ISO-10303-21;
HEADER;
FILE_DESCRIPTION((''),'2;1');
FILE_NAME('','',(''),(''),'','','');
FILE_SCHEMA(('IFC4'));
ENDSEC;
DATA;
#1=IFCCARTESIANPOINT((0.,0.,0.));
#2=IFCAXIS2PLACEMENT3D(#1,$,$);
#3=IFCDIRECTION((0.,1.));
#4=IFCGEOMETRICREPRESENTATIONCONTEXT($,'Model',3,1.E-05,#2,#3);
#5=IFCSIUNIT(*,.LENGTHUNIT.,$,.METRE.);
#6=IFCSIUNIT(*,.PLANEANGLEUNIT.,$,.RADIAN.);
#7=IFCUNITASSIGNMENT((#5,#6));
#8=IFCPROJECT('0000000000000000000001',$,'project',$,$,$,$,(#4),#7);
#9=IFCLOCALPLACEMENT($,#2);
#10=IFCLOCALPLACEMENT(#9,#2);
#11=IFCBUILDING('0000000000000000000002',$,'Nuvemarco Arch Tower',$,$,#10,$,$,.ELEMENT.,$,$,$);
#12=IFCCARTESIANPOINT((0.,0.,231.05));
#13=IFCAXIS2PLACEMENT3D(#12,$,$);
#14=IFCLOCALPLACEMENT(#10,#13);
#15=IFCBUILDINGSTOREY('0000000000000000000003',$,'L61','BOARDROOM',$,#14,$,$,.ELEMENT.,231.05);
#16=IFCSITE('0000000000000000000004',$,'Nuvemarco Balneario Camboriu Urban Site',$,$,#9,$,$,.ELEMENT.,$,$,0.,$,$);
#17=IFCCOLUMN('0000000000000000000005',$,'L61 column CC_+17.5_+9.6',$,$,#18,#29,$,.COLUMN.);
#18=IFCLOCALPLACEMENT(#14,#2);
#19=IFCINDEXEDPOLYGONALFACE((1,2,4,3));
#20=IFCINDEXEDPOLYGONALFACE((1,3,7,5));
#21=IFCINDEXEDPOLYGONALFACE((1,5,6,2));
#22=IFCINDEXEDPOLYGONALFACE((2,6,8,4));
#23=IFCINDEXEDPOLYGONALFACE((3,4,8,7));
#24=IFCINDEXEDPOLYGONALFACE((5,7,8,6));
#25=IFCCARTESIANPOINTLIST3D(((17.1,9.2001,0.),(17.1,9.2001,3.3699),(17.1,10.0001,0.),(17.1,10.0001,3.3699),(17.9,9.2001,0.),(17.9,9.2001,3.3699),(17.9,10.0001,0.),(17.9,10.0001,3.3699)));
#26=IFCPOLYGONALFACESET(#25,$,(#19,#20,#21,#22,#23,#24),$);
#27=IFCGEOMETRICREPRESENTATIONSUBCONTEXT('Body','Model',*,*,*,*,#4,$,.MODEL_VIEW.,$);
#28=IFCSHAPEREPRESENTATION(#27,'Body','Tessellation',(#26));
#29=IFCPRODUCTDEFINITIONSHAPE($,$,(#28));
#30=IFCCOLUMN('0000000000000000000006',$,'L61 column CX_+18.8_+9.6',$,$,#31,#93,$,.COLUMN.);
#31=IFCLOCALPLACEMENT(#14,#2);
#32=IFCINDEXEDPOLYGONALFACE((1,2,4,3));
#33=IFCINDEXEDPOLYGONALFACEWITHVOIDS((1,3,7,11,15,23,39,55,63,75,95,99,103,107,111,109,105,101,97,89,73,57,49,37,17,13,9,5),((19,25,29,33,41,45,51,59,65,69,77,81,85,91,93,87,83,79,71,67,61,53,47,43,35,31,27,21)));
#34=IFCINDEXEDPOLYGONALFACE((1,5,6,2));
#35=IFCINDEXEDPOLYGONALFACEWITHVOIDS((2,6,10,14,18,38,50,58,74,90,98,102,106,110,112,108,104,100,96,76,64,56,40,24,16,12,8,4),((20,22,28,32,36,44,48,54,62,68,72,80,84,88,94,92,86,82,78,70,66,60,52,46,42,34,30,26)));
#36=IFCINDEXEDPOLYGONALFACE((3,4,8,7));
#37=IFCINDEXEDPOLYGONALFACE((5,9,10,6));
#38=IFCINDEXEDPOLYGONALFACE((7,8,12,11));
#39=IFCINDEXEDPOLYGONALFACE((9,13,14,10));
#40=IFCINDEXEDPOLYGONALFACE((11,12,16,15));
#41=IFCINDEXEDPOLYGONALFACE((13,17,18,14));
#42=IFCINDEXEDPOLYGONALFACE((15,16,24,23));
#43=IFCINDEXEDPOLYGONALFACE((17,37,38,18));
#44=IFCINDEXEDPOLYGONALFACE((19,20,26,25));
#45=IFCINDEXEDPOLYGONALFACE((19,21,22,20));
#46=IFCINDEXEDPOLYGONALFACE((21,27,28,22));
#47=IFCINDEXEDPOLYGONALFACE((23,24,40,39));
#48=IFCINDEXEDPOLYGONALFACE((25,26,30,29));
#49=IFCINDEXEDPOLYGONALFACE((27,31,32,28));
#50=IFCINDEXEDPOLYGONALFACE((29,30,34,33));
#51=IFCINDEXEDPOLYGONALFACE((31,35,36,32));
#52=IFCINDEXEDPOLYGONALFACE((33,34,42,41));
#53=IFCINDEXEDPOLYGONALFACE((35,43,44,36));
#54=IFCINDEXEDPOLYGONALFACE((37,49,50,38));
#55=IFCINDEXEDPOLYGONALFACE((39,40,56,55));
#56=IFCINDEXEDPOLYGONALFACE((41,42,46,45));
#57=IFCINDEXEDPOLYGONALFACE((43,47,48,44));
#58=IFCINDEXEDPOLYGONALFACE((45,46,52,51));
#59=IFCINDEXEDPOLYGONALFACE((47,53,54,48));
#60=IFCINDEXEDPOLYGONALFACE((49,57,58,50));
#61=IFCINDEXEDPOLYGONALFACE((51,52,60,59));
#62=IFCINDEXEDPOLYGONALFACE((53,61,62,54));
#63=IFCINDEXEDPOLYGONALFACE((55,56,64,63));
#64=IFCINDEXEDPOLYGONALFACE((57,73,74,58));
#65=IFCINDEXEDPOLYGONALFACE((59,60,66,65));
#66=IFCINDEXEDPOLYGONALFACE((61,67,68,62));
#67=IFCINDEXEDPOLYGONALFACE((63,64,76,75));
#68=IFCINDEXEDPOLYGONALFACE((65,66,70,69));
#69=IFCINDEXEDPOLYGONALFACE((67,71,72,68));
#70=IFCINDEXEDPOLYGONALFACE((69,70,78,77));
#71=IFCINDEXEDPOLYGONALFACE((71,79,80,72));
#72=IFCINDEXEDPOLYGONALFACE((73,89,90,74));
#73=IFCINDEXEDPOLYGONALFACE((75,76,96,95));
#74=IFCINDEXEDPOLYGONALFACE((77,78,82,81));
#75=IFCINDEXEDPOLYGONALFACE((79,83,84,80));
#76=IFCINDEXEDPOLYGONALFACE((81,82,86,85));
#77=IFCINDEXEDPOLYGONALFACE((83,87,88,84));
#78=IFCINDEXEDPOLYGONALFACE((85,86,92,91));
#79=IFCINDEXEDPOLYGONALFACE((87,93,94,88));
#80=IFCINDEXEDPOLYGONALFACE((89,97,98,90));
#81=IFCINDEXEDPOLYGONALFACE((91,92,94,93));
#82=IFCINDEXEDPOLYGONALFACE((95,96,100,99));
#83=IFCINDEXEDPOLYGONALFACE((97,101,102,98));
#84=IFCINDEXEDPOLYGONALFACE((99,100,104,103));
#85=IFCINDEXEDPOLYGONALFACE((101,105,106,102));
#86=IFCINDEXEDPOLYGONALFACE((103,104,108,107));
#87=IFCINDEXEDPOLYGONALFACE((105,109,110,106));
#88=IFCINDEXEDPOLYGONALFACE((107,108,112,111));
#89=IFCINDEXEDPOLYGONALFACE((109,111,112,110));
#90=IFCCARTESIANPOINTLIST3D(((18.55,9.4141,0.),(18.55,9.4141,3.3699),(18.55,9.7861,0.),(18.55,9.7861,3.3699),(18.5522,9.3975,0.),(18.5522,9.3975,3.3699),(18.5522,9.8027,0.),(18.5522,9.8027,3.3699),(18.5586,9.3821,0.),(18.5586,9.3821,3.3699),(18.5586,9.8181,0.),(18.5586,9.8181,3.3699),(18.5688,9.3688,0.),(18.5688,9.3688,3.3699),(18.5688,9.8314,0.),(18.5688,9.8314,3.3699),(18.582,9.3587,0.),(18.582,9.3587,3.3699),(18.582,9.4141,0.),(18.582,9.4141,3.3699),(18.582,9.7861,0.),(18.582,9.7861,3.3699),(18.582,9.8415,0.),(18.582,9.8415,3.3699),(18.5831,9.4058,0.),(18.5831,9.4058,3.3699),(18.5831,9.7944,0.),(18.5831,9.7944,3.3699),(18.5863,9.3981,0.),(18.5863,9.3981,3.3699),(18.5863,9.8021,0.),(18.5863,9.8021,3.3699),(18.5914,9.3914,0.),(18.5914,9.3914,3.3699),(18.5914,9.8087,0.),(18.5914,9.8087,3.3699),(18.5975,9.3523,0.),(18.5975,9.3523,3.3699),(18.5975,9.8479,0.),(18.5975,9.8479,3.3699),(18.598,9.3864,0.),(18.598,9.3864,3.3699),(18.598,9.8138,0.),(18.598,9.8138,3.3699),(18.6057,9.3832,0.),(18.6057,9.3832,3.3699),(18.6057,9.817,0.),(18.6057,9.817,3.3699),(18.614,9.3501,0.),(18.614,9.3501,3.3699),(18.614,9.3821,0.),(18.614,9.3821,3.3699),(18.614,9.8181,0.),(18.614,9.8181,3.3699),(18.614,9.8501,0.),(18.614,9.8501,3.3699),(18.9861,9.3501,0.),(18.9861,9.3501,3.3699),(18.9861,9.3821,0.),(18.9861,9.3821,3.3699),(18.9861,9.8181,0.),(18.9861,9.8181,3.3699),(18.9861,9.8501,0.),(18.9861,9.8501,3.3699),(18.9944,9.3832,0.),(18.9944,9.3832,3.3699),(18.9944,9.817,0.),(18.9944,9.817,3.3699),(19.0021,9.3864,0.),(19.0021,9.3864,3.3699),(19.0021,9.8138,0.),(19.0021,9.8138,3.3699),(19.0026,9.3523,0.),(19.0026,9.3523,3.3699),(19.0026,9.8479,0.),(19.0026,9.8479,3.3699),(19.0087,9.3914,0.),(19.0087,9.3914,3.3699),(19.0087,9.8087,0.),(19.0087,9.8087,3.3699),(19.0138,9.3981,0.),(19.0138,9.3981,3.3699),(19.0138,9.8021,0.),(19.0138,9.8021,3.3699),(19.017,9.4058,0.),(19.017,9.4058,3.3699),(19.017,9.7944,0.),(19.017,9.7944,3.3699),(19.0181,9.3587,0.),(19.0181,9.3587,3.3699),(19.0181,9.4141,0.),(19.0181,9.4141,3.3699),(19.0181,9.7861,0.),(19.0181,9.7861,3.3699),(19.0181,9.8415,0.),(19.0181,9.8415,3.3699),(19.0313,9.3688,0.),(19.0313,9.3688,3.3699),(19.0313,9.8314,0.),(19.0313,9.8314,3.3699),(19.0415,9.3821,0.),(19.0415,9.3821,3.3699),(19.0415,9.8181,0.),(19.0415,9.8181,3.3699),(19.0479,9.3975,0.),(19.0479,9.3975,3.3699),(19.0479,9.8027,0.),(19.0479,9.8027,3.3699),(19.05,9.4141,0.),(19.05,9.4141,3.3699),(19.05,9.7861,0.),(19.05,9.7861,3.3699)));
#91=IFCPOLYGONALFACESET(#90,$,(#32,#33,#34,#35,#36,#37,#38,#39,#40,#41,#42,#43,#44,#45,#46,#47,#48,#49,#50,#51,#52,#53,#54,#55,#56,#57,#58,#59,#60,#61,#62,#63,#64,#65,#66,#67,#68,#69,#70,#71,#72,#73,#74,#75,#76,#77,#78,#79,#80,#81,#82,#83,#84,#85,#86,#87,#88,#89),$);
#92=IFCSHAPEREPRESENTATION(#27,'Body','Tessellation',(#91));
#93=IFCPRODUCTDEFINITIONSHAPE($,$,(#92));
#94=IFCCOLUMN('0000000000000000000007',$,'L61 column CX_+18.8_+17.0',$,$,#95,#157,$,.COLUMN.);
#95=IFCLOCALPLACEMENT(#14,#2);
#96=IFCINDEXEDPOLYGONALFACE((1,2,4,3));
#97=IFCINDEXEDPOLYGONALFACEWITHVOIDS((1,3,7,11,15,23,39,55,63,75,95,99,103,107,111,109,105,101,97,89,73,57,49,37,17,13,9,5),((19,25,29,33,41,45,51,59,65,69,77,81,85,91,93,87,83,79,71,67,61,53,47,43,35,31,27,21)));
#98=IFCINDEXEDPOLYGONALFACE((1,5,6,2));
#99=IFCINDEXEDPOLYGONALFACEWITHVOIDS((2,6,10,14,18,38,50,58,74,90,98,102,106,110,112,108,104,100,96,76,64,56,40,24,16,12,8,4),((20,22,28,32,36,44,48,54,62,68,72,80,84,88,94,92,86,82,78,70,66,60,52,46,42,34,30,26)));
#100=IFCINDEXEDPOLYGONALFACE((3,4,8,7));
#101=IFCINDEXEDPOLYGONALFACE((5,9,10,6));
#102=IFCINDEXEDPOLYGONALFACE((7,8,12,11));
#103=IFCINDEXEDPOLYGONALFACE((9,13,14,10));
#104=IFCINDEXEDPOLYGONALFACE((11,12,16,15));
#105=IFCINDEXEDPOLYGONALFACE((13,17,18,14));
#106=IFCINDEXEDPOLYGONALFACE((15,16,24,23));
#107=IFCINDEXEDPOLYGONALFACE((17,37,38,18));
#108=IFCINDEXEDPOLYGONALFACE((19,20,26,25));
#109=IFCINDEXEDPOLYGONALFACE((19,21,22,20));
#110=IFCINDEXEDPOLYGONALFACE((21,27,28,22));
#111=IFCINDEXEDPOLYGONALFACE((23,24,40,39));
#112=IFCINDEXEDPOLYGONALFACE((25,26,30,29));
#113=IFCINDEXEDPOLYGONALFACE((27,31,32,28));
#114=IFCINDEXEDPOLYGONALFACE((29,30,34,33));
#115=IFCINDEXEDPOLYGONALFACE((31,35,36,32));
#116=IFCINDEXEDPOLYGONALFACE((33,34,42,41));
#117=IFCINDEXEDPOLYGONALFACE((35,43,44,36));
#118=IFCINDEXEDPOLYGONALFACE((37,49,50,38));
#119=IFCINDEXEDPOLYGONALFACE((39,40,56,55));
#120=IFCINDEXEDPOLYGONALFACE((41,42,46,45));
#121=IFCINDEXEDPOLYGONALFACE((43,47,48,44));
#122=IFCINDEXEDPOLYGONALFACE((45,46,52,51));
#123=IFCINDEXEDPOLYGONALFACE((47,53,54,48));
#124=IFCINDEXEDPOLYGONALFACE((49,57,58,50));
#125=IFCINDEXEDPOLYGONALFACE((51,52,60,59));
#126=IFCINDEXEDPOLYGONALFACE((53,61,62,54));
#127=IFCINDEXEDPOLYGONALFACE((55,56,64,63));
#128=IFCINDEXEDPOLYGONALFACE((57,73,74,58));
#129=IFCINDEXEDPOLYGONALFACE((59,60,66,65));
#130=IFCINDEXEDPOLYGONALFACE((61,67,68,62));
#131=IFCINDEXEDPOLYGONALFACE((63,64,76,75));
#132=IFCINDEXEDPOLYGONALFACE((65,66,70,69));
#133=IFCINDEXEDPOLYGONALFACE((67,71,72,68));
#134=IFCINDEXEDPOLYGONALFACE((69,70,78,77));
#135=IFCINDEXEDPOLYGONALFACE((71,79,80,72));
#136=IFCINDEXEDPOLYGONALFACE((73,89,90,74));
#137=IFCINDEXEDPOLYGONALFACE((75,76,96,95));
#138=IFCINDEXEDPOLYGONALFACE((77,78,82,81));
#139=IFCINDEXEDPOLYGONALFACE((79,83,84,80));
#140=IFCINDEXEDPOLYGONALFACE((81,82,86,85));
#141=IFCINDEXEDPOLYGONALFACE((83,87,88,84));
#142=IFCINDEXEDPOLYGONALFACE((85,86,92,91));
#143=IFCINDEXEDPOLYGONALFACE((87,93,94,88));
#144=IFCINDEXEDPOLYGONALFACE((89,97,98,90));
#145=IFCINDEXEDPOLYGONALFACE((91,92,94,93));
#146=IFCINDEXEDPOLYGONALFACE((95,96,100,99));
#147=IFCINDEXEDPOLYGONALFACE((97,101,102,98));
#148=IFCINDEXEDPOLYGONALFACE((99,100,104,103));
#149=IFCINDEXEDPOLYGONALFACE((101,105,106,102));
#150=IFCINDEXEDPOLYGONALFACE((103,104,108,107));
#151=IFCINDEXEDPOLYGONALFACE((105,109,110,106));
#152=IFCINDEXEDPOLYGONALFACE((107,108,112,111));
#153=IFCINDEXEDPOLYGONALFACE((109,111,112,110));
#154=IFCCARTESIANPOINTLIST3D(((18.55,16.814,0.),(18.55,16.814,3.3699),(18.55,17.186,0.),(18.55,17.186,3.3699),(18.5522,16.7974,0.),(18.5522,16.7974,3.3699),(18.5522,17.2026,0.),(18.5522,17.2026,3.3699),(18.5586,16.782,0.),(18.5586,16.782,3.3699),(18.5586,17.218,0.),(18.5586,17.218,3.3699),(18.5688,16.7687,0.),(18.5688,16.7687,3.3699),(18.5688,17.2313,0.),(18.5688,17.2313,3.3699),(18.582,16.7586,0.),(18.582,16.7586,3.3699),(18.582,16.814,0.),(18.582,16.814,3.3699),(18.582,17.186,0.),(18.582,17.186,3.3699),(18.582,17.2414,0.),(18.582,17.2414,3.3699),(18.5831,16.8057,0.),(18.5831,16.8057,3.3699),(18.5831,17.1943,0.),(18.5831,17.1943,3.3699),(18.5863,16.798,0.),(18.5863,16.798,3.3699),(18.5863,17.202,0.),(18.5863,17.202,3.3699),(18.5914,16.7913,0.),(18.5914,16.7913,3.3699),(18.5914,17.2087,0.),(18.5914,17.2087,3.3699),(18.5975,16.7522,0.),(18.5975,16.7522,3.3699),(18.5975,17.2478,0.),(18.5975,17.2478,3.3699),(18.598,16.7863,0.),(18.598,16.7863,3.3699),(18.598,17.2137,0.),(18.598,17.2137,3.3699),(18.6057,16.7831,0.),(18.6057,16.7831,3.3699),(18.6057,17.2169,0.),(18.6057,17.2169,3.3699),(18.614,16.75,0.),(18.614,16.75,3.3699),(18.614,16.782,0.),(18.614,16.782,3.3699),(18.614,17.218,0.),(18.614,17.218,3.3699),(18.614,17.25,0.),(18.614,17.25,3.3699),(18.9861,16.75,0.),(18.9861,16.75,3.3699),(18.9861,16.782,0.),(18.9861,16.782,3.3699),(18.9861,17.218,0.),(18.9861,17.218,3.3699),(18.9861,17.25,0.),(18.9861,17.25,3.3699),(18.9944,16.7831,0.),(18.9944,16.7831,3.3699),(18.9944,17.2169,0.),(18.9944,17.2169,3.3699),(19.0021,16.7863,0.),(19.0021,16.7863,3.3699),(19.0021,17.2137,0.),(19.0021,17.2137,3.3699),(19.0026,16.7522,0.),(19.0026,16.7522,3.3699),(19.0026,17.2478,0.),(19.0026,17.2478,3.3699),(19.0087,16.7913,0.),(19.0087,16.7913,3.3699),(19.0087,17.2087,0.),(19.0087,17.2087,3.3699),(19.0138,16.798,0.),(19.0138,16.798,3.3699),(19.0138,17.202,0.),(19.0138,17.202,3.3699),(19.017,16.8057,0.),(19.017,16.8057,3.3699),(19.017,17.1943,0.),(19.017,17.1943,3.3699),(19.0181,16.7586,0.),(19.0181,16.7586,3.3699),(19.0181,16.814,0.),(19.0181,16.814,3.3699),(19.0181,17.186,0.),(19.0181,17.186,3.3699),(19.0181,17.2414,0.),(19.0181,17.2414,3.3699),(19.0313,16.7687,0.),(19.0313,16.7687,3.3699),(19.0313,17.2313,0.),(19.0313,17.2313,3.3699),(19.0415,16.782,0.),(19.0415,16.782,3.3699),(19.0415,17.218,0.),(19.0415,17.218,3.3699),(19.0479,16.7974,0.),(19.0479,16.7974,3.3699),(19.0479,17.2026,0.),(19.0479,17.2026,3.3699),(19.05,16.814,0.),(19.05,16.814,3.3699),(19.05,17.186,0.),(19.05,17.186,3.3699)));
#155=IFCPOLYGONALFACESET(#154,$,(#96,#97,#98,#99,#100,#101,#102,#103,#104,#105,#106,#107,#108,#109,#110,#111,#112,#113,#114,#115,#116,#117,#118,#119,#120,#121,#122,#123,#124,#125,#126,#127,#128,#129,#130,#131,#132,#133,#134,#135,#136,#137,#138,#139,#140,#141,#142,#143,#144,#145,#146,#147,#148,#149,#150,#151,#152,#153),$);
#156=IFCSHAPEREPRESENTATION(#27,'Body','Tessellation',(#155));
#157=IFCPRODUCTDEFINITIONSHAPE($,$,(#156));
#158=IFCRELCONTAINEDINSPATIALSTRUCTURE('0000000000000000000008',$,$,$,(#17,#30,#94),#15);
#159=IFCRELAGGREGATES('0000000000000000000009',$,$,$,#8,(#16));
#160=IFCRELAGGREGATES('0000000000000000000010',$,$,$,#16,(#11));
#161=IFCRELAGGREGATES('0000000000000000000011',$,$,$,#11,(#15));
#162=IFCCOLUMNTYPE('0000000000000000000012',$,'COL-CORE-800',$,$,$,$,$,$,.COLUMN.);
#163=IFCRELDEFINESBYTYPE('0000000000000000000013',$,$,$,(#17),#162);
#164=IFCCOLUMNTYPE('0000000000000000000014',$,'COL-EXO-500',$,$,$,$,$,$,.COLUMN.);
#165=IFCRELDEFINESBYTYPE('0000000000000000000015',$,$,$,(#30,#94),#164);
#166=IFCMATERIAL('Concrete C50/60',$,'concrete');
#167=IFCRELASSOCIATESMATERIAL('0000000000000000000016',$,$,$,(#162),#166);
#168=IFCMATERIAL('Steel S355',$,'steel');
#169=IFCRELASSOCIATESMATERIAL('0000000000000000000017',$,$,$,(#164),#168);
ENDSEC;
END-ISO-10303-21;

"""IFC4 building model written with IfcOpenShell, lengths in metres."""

from ifc_helpers import new_model, si_unit, direction, frame, origin, origin_2d, place, context, subcontext, project, spatial, rectangle, hollow_rectangle, extrude, material, material_profile, profile_set, type_object, element, save


model = new_model("IFC4")

# Units and contexts
model_context = context("Model", 3, precision=1e-05, world=origin(), true_north=direction((0.0, 1.0)))
body_context = subcontext(model_context, "Body", "Model", "MODEL_VIEW")
ifc_project = project(units=[si_unit("LENGTHUNIT", "METRE"), si_unit("PLANEANGLEUNIT", "RADIAN")], contexts=[model_context])

# Site, building, storey
site_placement = place(None, origin())
site = spatial("IfcSite", under=ifc_project, at=site_placement, Name="Nuvemarco Balneario Camboriu Urban Site", CompositionType="ELEMENT", RefElevation=0.0)
building_placement = place(site_placement, origin())
building = spatial("IfcBuilding", under=site, at=building_placement, Name="Nuvemarco Arch Tower", CompositionType="ELEMENT")
storey_placement = place(building_placement, frame((0.0, 0.0, 231.05)))
storey = spatial("IfcBuildingStorey", under=building, at=storey_placement, Name="L61", Description="BOARDROOM", CompositionType="ELEMENT", Elevation=231.05)

# Columns
ifc_material_1 = material(Name="Concrete C50/60", Category="concrete")
ifc_material_profile_1 = material_profile(ifc_material_1, rectangle(XDim=0.8, YDim=0.8, at=origin_2d()), Name="RC-COL-800x800")
ifc_profile_set_1 = profile_set([ifc_material_profile_1], Name="Concrete C50/60")
column_type_1 = type_object("IfcColumnType", Name="COL-CORE-800", PredefinedType="COLUMN", material=ifc_profile_set_1)
column_placement = place(storey_placement, frame((17.5, 9.6001, 0.0), z_axis=(0.0, 0.0, 1.0), x_axis=(1.0, 0.0, 0.0)))
element("IfcColumn", 1, at=column_placement, inside=storey, type_object=column_type_1, Name="L61 column CC_+17.5_+9.6", PredefinedType="COLUMN", context=body_context, shape_type="SweptSolid", body=[
    extrude(rectangle(XDim=0.8, YDim=0.8, at=origin_2d()), origin(), (0.0, 0.0, 1.0), 3.3699),
])
ifc_material_2 = material(Name="Steel S355", Category="steel")
ifc_material_profile_2 = material_profile(ifc_material_2, hollow_rectangle(XDim=0.5, YDim=0.5, WallThickness=0.032, InnerFilletRadius=0.032, OuterFilletRadius=0.064, at=origin_2d()), Name="SHS500x500x32")
ifc_profile_set_2 = profile_set([ifc_material_profile_2], Name="Steel S355")
column_type_2 = type_object("IfcColumnType", Name="COL-EXO-500", PredefinedType="COLUMN", material=ifc_profile_set_2)
for number, where, z_axis, x_axis, name in (
    (2, (18.8, 9.6001, 0.0), (0.0, 0.0, 1.0), (1.0, 0.0, 0.0), "L61 column CX_+18.8_+9.6"),
    (3, (18.8, 17.0, 0.0), (0.0, 0.0, 1.0), (1.0, 0.0, 0.0), "L61 column CX_+18.8_+17.0"),
):
    element("IfcColumn", number, at=place(storey_placement, frame(where, z_axis=z_axis, x_axis=x_axis)), inside=storey, type_object=column_type_2, Name=name, PredefinedType="COLUMN", context=body_context, shape_type="SweptSolid", body=[
        extrude(hollow_rectangle(XDim=0.5, YDim=0.5, WallThickness=0.032, InnerFilletRadius=0.032, OuterFilletRadius=0.064, at=origin_2d()), origin(), (0.0, 0.0, 1.0), 3.3699),
    ])

save(model, "model.ifc")
